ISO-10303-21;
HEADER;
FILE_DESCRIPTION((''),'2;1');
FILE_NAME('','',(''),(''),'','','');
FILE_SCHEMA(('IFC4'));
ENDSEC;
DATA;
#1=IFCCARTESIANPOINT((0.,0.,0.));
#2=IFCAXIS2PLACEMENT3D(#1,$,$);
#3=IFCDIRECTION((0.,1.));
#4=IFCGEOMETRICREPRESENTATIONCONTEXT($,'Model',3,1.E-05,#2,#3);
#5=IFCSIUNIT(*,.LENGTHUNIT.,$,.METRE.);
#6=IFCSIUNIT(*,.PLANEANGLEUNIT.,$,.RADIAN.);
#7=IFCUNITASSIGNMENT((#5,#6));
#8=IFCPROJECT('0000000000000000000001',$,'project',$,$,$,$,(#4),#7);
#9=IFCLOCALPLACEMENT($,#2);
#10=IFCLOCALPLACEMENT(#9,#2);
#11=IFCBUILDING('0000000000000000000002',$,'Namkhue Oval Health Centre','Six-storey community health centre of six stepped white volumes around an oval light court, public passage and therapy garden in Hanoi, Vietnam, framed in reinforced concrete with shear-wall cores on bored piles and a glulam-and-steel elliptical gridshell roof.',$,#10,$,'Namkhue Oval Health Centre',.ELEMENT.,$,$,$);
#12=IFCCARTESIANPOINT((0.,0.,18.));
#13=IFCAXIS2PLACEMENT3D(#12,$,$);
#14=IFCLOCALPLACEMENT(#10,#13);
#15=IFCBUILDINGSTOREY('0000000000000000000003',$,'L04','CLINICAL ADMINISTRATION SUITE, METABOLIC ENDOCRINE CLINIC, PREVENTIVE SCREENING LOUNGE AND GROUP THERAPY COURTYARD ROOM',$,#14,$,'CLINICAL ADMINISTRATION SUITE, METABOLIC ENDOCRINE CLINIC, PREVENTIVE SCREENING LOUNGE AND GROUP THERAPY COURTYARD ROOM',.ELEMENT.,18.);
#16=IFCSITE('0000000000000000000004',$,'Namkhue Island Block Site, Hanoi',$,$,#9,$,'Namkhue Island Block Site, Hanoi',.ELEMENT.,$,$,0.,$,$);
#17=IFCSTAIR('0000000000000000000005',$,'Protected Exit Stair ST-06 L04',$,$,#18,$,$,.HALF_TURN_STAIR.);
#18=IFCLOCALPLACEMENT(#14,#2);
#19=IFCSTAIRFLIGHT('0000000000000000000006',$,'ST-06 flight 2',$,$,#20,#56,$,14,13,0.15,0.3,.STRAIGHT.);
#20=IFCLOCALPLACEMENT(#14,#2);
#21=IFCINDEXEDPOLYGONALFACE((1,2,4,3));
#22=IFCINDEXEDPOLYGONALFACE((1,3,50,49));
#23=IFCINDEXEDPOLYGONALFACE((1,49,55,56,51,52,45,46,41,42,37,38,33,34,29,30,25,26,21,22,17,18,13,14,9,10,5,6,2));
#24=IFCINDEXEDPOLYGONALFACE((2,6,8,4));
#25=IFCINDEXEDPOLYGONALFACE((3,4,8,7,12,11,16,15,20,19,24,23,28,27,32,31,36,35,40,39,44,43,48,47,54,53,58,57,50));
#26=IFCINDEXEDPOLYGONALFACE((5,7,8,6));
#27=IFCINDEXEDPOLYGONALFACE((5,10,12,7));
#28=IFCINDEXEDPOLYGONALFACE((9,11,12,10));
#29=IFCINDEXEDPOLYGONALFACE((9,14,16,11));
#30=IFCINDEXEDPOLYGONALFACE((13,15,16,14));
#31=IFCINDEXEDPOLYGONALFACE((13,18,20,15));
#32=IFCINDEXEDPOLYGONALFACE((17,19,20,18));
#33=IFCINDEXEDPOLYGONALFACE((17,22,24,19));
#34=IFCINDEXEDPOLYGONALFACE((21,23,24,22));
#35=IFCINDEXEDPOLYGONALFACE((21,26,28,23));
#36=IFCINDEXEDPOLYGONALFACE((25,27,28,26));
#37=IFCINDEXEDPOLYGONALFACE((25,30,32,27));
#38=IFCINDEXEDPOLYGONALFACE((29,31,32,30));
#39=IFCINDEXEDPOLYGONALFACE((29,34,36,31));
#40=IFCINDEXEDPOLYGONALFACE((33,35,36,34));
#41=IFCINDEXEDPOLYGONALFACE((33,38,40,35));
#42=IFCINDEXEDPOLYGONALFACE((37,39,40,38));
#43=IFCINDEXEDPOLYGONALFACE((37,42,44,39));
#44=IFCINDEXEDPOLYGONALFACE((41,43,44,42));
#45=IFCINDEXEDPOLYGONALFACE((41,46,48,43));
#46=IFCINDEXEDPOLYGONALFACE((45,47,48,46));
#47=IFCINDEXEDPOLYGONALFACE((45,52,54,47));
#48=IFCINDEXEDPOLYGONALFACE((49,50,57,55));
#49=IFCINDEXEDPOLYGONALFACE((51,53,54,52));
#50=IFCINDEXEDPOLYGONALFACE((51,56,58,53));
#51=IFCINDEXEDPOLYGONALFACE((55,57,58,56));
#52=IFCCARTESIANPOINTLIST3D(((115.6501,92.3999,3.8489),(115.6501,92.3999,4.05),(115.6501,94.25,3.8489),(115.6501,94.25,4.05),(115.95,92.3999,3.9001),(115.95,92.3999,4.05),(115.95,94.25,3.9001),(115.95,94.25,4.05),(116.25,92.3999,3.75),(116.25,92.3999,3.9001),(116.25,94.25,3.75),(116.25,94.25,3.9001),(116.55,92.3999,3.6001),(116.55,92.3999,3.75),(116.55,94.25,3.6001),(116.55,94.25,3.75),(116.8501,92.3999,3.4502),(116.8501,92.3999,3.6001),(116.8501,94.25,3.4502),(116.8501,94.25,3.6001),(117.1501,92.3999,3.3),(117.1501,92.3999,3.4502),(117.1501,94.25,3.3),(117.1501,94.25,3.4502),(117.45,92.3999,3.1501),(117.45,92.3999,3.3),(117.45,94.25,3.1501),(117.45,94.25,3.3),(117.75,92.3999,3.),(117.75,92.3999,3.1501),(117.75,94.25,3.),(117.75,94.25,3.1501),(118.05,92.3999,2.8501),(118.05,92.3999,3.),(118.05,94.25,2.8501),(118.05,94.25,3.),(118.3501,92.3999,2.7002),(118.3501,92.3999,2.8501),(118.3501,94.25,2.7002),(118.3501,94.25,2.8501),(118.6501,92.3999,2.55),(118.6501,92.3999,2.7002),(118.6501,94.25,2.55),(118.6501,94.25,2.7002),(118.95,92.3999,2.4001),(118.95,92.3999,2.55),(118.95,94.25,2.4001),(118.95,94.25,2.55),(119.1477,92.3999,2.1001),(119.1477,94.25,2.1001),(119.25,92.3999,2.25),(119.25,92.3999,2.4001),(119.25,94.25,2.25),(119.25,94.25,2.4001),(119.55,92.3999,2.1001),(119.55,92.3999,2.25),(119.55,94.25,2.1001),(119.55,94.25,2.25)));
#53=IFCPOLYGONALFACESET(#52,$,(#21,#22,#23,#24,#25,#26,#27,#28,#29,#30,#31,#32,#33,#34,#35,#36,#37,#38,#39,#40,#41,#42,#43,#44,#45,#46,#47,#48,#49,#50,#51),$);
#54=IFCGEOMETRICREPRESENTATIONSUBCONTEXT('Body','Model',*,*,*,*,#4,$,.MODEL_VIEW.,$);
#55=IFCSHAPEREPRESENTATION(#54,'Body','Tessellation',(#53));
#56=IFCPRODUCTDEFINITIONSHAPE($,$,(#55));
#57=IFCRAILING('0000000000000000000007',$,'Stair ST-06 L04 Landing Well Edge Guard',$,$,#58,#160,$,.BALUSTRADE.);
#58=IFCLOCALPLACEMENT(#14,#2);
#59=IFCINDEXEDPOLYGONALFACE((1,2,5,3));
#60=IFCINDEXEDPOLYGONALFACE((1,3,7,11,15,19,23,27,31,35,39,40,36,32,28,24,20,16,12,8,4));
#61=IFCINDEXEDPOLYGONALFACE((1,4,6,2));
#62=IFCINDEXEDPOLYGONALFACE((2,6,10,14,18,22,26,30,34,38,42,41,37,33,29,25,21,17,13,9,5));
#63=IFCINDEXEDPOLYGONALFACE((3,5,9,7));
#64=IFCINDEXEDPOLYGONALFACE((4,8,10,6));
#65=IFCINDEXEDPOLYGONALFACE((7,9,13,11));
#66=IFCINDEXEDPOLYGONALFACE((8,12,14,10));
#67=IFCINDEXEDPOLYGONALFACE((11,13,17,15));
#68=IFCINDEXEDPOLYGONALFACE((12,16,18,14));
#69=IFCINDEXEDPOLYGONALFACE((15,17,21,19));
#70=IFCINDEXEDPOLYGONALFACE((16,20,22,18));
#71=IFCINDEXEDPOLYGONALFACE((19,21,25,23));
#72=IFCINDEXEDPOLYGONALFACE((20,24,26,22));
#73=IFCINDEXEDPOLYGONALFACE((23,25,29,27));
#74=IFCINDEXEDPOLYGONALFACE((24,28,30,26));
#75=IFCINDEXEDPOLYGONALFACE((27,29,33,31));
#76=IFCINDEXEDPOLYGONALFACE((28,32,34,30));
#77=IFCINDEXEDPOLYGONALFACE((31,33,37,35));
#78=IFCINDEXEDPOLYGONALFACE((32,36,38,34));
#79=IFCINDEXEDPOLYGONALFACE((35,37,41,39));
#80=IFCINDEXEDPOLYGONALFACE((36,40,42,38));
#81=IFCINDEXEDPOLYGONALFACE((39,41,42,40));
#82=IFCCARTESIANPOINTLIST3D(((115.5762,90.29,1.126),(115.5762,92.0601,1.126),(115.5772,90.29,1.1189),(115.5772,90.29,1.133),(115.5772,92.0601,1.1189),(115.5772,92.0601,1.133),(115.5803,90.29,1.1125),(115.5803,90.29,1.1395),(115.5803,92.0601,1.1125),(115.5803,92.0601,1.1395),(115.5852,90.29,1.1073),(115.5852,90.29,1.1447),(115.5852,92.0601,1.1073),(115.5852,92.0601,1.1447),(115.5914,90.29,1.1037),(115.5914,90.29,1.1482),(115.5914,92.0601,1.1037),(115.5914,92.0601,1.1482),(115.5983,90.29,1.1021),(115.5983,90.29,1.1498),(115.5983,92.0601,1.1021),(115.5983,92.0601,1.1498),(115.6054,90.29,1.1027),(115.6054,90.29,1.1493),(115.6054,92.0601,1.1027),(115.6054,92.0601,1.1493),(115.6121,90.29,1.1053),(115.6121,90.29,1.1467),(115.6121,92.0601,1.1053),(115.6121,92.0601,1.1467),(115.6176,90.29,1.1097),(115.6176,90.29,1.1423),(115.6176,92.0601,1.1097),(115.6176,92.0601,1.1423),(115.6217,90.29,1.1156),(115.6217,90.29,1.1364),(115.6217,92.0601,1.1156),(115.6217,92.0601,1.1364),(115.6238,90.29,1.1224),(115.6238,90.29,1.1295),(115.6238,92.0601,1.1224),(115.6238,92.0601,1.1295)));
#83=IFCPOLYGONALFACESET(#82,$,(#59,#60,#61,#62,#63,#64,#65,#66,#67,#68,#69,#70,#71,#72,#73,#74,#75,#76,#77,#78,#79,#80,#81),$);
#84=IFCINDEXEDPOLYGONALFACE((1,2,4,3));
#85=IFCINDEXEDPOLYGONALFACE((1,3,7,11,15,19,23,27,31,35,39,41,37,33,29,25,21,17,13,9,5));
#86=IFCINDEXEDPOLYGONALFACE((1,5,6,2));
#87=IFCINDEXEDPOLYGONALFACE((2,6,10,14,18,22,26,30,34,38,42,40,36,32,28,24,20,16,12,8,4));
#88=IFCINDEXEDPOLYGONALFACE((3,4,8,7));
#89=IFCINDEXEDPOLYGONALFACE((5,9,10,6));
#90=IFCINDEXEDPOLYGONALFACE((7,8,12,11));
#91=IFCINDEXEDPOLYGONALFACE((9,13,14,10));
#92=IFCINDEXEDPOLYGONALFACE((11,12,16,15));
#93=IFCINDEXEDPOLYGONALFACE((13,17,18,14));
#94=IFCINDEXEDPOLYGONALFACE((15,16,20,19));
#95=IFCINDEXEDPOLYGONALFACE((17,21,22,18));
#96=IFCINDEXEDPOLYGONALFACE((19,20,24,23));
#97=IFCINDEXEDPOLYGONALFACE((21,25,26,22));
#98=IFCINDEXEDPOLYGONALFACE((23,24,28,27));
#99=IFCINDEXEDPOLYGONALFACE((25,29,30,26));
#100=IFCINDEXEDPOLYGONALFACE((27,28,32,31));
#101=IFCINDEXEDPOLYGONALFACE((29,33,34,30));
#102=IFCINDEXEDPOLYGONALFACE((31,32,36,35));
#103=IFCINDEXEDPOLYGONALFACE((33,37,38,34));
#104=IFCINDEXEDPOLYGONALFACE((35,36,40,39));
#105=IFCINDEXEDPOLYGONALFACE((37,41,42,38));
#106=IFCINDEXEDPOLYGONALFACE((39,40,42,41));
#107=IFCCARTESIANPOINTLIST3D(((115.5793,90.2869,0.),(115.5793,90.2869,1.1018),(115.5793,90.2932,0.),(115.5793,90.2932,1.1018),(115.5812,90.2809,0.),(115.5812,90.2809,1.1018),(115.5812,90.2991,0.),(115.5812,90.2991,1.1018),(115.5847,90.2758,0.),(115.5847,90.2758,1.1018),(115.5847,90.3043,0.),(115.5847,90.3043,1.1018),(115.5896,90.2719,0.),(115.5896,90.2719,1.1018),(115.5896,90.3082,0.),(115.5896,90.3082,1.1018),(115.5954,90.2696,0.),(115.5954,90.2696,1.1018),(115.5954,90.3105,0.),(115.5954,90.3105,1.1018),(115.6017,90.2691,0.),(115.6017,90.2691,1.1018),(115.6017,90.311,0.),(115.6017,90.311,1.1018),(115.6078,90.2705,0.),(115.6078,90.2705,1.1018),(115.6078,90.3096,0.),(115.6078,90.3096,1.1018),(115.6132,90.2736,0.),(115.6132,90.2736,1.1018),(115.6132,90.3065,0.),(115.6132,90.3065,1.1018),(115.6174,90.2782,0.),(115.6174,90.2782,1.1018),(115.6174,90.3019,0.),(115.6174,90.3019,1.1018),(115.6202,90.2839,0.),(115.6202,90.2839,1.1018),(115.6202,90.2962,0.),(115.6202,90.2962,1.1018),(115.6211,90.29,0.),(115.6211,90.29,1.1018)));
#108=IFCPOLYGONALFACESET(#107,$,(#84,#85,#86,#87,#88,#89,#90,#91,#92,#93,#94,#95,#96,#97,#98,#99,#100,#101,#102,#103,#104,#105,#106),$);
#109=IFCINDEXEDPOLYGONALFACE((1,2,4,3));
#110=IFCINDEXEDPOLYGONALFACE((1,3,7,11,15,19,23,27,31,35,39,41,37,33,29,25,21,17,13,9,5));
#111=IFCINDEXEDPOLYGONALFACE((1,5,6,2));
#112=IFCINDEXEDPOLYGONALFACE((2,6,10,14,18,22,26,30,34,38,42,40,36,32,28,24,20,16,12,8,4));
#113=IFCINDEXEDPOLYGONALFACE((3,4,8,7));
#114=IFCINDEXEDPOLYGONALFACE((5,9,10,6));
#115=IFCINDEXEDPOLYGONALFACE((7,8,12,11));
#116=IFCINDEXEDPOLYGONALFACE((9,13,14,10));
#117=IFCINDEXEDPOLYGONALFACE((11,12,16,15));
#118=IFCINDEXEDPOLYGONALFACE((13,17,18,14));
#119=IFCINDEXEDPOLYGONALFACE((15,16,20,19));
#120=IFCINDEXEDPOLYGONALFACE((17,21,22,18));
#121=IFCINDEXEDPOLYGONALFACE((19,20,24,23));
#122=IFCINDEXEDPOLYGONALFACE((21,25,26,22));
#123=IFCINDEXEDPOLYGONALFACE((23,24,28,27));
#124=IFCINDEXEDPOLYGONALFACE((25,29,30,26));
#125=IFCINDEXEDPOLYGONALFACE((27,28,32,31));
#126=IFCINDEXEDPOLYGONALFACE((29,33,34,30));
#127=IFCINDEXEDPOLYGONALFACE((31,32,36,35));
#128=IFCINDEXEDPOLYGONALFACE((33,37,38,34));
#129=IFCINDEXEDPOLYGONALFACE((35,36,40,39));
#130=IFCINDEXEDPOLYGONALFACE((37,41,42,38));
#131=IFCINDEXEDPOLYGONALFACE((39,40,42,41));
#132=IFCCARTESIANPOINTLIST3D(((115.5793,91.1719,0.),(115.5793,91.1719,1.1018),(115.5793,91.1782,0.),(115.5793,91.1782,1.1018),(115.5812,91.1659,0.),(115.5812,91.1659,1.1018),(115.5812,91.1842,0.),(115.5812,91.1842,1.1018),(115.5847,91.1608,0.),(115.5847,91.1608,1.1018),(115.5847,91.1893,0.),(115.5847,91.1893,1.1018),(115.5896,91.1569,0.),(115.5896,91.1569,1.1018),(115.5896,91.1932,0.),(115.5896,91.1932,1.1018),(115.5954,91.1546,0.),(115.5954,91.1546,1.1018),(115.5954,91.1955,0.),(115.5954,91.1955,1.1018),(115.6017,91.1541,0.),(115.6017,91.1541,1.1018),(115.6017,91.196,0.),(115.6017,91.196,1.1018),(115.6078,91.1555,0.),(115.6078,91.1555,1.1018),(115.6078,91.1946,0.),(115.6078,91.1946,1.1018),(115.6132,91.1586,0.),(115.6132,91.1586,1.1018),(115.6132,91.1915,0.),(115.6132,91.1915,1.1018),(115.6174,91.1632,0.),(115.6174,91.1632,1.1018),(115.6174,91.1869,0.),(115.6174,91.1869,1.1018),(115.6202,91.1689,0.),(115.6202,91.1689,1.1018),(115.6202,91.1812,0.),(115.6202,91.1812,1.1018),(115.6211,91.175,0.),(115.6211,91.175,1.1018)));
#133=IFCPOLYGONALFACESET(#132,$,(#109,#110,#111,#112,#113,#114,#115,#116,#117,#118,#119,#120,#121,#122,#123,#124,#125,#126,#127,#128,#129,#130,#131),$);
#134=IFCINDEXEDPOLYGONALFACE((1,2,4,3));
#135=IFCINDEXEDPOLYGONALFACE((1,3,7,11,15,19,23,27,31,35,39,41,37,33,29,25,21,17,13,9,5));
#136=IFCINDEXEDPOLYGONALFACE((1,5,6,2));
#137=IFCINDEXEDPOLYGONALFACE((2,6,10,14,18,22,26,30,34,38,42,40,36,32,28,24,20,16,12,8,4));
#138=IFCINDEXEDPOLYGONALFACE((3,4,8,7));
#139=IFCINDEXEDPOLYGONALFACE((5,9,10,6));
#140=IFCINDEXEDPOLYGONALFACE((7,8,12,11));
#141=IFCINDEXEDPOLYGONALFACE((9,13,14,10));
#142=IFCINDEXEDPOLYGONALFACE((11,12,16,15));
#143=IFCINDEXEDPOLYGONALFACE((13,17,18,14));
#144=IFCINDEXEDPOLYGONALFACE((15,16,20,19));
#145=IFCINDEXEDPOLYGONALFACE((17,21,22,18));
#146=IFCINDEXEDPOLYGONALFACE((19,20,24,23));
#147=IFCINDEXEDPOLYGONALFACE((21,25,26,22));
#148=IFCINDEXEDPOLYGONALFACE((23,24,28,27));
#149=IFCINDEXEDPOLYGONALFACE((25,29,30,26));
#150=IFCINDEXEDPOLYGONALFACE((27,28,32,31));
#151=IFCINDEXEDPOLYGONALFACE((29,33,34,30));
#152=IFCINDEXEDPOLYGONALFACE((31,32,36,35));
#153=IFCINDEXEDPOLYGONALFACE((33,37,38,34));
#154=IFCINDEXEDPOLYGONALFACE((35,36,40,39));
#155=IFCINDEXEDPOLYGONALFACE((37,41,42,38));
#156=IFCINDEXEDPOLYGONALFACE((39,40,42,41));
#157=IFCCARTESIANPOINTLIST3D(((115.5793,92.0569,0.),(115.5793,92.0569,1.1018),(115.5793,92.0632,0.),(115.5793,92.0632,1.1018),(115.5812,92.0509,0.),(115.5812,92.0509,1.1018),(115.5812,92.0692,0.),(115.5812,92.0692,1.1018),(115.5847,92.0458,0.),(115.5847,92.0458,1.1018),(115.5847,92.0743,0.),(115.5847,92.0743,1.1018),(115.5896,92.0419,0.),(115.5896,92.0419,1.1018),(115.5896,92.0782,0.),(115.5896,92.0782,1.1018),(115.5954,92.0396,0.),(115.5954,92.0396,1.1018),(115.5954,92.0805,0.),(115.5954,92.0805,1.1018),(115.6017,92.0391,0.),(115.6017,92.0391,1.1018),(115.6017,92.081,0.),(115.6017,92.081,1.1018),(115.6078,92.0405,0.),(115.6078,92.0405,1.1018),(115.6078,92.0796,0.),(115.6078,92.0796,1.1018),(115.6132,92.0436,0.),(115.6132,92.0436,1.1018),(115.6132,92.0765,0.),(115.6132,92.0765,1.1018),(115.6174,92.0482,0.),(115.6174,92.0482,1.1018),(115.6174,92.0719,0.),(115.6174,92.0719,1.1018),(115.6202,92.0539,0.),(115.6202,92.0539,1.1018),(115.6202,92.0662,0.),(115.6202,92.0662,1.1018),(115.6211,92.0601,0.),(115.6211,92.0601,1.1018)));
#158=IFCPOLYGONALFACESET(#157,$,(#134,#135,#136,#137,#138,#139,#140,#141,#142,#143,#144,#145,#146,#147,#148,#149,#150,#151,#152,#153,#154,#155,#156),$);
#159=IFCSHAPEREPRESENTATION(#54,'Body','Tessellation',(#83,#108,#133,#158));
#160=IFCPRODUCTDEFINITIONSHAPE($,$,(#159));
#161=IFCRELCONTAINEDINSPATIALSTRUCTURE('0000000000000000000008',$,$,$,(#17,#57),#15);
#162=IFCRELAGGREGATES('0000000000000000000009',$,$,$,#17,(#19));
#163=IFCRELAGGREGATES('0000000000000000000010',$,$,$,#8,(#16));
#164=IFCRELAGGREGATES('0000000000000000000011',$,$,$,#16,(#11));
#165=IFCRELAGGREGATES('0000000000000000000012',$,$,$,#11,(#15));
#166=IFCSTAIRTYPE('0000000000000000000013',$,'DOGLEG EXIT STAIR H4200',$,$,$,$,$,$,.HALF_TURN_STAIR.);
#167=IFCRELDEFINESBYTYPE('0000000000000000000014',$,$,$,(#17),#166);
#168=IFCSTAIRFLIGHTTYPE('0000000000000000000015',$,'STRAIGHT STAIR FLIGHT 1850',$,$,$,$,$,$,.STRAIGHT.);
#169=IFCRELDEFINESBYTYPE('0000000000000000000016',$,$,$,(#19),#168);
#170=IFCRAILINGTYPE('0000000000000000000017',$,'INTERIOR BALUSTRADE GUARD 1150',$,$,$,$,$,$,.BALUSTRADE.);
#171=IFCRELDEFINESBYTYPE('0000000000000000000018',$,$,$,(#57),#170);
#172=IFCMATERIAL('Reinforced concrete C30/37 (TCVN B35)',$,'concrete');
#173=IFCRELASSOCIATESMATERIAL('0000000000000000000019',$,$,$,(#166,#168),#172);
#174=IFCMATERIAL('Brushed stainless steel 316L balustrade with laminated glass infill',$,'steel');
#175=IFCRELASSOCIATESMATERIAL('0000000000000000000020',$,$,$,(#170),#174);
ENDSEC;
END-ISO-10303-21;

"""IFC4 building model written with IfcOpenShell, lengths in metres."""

from ifc_helpers import new_model, si_unit, direction, frame, origin, origin_2d, place, context, subcontext, project, spatial, polyline, circle, outline, extrude, material, type_object, element, aggregate, save


model = new_model("IFC4")

# Units and contexts
model_context = context("Model", 3, precision=1e-05, world=origin(), true_north=direction((0.0, 1.0)))
body_context = subcontext(model_context, "Body", "Model", "MODEL_VIEW")
ifc_project = project(units=[si_unit("LENGTHUNIT", "METRE"), si_unit("PLANEANGLEUNIT", "RADIAN")], contexts=[model_context])

# Site, building, storey
site_placement = place(None, origin())
site = spatial("IfcSite", under=ifc_project, at=site_placement, Name="Namkhue Island Block Site, Hanoi", LongName="Namkhue Island Block Site, Hanoi", CompositionType="ELEMENT", RefElevation=0.0)
building_placement = place(site_placement, origin())
building = spatial("IfcBuilding", under=site, at=building_placement, Name="Namkhue Oval Health Centre", Description="Six-storey community health centre of six stepped white volumes around an oval light court, public passage and therapy garden in Hanoi, Vietnam, framed in reinforced concrete with shear-wall cores on bored piles and a glulam-and-steel elliptical gridshell roof.", LongName="Namkhue Oval Health Centre", CompositionType="ELEMENT")
storey_placement = place(building_placement, frame((0.0, 0.0, 18.0)))
storey = spatial("IfcBuildingStorey", under=building, at=storey_placement, Name="L04", Description="CLINICAL ADMINISTRATION SUITE, METABOLIC ENDOCRINE CLINIC, PREVENTIVE SCREENING LOUNGE AND GROUP THERAPY COURTYARD ROOM", LongName="CLINICAL ADMINISTRATION SUITE, METABOLIC ENDOCRINE CLINIC, PREVENTIVE SCREENING LOUNGE AND GROUP THERAPY COURTYARD ROOM", CompositionType="ELEMENT", Elevation=18.0)

# Stair, stair flight
ifc_material_1 = material(Name="Reinforced concrete C30/37 (TCVN B35)", Category="concrete")
stair_type = type_object("IfcStairType", Name="DOGLEG EXIT STAIR H4200", PredefinedType="HALF_TURN_STAIR", material=ifc_material_1)
stair_placement = place(storey_placement, origin())
stair = element("IfcStair", 1, at=stair_placement, inside=storey, type_object=stair_type, Name="Protected Exit Stair ST-06 L04", PredefinedType="HALF_TURN_STAIR")
stair_flight_type = type_object("IfcStairFlightType", Name="STRAIGHT STAIR FLIGHT 1850", PredefinedType="STRAIGHT", material=ifc_material_1)
stair_flight_1_placement = place(storey_placement, frame((119.55, 93.325, 2.1001), z_axis=(0.0, 0.0, 1.0), x_axis=(-1.0, 0.0, 0.0)))
stair_flight_1 = element("IfcStairFlight", 2, at=stair_flight_1_placement, type_object=stair_flight_type, Name="ST-06 flight 2", NumberOfRisers=14, NumberOfTreads=13, PredefinedType="STRAIGHT", RiserHeight=0.15, TreadLength=0.3, context=body_context, shape_type="SweptSolid", body=[
    extrude(outline(polyline([(0.0, 0.0), (0.0, 0.1499), (0.3, 0.1499), (0.3, 0.3), (0.6001, 0.3), (0.6001, 0.45), (0.8999, 0.45), (0.8999, 0.6001), (1.2, 0.6001), (1.2, 0.75), (1.5, 0.75), (1.5, 0.8999), (1.8, 0.8999), (1.8, 1.05), (2.1001, 1.05), (2.1001, 1.2), (2.3999, 1.2), (2.3999, 1.3501), (2.7, 1.3501), (2.7, 1.5), (3.0, 1.5), (3.0, 1.6499), (3.3, 1.6499), (3.3, 1.8), (3.6001, 1.8), (3.6001, 1.95), (3.8999, 1.95), (3.8999, 2.1001), (3.8999, 1.7488), (0.4023, 0.0), (0.0, 0.0)])), frame((0.0, 0.925, 0.0), z_axis=(0.0, -1.0, 0.0), x_axis=(1.0, 0.0, 0.0)), (0.0, 0.0, 1.0), 1.8501),
])
aggregate(stair, [stair_flight_1])

# Railing
ifc_material_2 = material(Name="Brushed stainless steel 316L balustrade with laminated glass infill", Category="steel")
railing_type_1 = type_object("IfcRailingType", Name="INTERIOR BALUSTRADE GUARD 1150", PredefinedType="BALUSTRADE", material=ifc_material_2)
railing_1_placement = place(storey_placement, frame((115.6001, 90.29, 0.0)))
element("IfcRailing", 3, at=railing_1_placement, inside=storey, type_object=railing_type_1, Name="Stair ST-06 L04 Landing Well Edge Guard", PredefinedType="BALUSTRADE", context=body_context, shape_type="SweptSolid", body=[
    extrude(circle(Radius=0.0239, at=origin_2d()), frame((0.0, 0.0, 1.126), z_axis=(0.0, 1.0, 0.0), x_axis=(-1.0, 0.0, 0.0)), (0.0, 0.0, 1.0), 1.77),
    extrude(circle(Radius=0.021, at=origin_2d()), origin(), (0.0, 0.0, 1.0), 1.1018),
    extrude(circle(Radius=0.021, at=origin_2d()), frame((0.0, 0.885, 0.0)), (0.0, 0.0, 1.0), 1.1018),
    extrude(circle(Radius=0.021, at=origin_2d()), frame((0.0, 1.77, 0.0)), (0.0, 0.0, 1.0), 1.1018),
])

save(model, "model.ifc")
